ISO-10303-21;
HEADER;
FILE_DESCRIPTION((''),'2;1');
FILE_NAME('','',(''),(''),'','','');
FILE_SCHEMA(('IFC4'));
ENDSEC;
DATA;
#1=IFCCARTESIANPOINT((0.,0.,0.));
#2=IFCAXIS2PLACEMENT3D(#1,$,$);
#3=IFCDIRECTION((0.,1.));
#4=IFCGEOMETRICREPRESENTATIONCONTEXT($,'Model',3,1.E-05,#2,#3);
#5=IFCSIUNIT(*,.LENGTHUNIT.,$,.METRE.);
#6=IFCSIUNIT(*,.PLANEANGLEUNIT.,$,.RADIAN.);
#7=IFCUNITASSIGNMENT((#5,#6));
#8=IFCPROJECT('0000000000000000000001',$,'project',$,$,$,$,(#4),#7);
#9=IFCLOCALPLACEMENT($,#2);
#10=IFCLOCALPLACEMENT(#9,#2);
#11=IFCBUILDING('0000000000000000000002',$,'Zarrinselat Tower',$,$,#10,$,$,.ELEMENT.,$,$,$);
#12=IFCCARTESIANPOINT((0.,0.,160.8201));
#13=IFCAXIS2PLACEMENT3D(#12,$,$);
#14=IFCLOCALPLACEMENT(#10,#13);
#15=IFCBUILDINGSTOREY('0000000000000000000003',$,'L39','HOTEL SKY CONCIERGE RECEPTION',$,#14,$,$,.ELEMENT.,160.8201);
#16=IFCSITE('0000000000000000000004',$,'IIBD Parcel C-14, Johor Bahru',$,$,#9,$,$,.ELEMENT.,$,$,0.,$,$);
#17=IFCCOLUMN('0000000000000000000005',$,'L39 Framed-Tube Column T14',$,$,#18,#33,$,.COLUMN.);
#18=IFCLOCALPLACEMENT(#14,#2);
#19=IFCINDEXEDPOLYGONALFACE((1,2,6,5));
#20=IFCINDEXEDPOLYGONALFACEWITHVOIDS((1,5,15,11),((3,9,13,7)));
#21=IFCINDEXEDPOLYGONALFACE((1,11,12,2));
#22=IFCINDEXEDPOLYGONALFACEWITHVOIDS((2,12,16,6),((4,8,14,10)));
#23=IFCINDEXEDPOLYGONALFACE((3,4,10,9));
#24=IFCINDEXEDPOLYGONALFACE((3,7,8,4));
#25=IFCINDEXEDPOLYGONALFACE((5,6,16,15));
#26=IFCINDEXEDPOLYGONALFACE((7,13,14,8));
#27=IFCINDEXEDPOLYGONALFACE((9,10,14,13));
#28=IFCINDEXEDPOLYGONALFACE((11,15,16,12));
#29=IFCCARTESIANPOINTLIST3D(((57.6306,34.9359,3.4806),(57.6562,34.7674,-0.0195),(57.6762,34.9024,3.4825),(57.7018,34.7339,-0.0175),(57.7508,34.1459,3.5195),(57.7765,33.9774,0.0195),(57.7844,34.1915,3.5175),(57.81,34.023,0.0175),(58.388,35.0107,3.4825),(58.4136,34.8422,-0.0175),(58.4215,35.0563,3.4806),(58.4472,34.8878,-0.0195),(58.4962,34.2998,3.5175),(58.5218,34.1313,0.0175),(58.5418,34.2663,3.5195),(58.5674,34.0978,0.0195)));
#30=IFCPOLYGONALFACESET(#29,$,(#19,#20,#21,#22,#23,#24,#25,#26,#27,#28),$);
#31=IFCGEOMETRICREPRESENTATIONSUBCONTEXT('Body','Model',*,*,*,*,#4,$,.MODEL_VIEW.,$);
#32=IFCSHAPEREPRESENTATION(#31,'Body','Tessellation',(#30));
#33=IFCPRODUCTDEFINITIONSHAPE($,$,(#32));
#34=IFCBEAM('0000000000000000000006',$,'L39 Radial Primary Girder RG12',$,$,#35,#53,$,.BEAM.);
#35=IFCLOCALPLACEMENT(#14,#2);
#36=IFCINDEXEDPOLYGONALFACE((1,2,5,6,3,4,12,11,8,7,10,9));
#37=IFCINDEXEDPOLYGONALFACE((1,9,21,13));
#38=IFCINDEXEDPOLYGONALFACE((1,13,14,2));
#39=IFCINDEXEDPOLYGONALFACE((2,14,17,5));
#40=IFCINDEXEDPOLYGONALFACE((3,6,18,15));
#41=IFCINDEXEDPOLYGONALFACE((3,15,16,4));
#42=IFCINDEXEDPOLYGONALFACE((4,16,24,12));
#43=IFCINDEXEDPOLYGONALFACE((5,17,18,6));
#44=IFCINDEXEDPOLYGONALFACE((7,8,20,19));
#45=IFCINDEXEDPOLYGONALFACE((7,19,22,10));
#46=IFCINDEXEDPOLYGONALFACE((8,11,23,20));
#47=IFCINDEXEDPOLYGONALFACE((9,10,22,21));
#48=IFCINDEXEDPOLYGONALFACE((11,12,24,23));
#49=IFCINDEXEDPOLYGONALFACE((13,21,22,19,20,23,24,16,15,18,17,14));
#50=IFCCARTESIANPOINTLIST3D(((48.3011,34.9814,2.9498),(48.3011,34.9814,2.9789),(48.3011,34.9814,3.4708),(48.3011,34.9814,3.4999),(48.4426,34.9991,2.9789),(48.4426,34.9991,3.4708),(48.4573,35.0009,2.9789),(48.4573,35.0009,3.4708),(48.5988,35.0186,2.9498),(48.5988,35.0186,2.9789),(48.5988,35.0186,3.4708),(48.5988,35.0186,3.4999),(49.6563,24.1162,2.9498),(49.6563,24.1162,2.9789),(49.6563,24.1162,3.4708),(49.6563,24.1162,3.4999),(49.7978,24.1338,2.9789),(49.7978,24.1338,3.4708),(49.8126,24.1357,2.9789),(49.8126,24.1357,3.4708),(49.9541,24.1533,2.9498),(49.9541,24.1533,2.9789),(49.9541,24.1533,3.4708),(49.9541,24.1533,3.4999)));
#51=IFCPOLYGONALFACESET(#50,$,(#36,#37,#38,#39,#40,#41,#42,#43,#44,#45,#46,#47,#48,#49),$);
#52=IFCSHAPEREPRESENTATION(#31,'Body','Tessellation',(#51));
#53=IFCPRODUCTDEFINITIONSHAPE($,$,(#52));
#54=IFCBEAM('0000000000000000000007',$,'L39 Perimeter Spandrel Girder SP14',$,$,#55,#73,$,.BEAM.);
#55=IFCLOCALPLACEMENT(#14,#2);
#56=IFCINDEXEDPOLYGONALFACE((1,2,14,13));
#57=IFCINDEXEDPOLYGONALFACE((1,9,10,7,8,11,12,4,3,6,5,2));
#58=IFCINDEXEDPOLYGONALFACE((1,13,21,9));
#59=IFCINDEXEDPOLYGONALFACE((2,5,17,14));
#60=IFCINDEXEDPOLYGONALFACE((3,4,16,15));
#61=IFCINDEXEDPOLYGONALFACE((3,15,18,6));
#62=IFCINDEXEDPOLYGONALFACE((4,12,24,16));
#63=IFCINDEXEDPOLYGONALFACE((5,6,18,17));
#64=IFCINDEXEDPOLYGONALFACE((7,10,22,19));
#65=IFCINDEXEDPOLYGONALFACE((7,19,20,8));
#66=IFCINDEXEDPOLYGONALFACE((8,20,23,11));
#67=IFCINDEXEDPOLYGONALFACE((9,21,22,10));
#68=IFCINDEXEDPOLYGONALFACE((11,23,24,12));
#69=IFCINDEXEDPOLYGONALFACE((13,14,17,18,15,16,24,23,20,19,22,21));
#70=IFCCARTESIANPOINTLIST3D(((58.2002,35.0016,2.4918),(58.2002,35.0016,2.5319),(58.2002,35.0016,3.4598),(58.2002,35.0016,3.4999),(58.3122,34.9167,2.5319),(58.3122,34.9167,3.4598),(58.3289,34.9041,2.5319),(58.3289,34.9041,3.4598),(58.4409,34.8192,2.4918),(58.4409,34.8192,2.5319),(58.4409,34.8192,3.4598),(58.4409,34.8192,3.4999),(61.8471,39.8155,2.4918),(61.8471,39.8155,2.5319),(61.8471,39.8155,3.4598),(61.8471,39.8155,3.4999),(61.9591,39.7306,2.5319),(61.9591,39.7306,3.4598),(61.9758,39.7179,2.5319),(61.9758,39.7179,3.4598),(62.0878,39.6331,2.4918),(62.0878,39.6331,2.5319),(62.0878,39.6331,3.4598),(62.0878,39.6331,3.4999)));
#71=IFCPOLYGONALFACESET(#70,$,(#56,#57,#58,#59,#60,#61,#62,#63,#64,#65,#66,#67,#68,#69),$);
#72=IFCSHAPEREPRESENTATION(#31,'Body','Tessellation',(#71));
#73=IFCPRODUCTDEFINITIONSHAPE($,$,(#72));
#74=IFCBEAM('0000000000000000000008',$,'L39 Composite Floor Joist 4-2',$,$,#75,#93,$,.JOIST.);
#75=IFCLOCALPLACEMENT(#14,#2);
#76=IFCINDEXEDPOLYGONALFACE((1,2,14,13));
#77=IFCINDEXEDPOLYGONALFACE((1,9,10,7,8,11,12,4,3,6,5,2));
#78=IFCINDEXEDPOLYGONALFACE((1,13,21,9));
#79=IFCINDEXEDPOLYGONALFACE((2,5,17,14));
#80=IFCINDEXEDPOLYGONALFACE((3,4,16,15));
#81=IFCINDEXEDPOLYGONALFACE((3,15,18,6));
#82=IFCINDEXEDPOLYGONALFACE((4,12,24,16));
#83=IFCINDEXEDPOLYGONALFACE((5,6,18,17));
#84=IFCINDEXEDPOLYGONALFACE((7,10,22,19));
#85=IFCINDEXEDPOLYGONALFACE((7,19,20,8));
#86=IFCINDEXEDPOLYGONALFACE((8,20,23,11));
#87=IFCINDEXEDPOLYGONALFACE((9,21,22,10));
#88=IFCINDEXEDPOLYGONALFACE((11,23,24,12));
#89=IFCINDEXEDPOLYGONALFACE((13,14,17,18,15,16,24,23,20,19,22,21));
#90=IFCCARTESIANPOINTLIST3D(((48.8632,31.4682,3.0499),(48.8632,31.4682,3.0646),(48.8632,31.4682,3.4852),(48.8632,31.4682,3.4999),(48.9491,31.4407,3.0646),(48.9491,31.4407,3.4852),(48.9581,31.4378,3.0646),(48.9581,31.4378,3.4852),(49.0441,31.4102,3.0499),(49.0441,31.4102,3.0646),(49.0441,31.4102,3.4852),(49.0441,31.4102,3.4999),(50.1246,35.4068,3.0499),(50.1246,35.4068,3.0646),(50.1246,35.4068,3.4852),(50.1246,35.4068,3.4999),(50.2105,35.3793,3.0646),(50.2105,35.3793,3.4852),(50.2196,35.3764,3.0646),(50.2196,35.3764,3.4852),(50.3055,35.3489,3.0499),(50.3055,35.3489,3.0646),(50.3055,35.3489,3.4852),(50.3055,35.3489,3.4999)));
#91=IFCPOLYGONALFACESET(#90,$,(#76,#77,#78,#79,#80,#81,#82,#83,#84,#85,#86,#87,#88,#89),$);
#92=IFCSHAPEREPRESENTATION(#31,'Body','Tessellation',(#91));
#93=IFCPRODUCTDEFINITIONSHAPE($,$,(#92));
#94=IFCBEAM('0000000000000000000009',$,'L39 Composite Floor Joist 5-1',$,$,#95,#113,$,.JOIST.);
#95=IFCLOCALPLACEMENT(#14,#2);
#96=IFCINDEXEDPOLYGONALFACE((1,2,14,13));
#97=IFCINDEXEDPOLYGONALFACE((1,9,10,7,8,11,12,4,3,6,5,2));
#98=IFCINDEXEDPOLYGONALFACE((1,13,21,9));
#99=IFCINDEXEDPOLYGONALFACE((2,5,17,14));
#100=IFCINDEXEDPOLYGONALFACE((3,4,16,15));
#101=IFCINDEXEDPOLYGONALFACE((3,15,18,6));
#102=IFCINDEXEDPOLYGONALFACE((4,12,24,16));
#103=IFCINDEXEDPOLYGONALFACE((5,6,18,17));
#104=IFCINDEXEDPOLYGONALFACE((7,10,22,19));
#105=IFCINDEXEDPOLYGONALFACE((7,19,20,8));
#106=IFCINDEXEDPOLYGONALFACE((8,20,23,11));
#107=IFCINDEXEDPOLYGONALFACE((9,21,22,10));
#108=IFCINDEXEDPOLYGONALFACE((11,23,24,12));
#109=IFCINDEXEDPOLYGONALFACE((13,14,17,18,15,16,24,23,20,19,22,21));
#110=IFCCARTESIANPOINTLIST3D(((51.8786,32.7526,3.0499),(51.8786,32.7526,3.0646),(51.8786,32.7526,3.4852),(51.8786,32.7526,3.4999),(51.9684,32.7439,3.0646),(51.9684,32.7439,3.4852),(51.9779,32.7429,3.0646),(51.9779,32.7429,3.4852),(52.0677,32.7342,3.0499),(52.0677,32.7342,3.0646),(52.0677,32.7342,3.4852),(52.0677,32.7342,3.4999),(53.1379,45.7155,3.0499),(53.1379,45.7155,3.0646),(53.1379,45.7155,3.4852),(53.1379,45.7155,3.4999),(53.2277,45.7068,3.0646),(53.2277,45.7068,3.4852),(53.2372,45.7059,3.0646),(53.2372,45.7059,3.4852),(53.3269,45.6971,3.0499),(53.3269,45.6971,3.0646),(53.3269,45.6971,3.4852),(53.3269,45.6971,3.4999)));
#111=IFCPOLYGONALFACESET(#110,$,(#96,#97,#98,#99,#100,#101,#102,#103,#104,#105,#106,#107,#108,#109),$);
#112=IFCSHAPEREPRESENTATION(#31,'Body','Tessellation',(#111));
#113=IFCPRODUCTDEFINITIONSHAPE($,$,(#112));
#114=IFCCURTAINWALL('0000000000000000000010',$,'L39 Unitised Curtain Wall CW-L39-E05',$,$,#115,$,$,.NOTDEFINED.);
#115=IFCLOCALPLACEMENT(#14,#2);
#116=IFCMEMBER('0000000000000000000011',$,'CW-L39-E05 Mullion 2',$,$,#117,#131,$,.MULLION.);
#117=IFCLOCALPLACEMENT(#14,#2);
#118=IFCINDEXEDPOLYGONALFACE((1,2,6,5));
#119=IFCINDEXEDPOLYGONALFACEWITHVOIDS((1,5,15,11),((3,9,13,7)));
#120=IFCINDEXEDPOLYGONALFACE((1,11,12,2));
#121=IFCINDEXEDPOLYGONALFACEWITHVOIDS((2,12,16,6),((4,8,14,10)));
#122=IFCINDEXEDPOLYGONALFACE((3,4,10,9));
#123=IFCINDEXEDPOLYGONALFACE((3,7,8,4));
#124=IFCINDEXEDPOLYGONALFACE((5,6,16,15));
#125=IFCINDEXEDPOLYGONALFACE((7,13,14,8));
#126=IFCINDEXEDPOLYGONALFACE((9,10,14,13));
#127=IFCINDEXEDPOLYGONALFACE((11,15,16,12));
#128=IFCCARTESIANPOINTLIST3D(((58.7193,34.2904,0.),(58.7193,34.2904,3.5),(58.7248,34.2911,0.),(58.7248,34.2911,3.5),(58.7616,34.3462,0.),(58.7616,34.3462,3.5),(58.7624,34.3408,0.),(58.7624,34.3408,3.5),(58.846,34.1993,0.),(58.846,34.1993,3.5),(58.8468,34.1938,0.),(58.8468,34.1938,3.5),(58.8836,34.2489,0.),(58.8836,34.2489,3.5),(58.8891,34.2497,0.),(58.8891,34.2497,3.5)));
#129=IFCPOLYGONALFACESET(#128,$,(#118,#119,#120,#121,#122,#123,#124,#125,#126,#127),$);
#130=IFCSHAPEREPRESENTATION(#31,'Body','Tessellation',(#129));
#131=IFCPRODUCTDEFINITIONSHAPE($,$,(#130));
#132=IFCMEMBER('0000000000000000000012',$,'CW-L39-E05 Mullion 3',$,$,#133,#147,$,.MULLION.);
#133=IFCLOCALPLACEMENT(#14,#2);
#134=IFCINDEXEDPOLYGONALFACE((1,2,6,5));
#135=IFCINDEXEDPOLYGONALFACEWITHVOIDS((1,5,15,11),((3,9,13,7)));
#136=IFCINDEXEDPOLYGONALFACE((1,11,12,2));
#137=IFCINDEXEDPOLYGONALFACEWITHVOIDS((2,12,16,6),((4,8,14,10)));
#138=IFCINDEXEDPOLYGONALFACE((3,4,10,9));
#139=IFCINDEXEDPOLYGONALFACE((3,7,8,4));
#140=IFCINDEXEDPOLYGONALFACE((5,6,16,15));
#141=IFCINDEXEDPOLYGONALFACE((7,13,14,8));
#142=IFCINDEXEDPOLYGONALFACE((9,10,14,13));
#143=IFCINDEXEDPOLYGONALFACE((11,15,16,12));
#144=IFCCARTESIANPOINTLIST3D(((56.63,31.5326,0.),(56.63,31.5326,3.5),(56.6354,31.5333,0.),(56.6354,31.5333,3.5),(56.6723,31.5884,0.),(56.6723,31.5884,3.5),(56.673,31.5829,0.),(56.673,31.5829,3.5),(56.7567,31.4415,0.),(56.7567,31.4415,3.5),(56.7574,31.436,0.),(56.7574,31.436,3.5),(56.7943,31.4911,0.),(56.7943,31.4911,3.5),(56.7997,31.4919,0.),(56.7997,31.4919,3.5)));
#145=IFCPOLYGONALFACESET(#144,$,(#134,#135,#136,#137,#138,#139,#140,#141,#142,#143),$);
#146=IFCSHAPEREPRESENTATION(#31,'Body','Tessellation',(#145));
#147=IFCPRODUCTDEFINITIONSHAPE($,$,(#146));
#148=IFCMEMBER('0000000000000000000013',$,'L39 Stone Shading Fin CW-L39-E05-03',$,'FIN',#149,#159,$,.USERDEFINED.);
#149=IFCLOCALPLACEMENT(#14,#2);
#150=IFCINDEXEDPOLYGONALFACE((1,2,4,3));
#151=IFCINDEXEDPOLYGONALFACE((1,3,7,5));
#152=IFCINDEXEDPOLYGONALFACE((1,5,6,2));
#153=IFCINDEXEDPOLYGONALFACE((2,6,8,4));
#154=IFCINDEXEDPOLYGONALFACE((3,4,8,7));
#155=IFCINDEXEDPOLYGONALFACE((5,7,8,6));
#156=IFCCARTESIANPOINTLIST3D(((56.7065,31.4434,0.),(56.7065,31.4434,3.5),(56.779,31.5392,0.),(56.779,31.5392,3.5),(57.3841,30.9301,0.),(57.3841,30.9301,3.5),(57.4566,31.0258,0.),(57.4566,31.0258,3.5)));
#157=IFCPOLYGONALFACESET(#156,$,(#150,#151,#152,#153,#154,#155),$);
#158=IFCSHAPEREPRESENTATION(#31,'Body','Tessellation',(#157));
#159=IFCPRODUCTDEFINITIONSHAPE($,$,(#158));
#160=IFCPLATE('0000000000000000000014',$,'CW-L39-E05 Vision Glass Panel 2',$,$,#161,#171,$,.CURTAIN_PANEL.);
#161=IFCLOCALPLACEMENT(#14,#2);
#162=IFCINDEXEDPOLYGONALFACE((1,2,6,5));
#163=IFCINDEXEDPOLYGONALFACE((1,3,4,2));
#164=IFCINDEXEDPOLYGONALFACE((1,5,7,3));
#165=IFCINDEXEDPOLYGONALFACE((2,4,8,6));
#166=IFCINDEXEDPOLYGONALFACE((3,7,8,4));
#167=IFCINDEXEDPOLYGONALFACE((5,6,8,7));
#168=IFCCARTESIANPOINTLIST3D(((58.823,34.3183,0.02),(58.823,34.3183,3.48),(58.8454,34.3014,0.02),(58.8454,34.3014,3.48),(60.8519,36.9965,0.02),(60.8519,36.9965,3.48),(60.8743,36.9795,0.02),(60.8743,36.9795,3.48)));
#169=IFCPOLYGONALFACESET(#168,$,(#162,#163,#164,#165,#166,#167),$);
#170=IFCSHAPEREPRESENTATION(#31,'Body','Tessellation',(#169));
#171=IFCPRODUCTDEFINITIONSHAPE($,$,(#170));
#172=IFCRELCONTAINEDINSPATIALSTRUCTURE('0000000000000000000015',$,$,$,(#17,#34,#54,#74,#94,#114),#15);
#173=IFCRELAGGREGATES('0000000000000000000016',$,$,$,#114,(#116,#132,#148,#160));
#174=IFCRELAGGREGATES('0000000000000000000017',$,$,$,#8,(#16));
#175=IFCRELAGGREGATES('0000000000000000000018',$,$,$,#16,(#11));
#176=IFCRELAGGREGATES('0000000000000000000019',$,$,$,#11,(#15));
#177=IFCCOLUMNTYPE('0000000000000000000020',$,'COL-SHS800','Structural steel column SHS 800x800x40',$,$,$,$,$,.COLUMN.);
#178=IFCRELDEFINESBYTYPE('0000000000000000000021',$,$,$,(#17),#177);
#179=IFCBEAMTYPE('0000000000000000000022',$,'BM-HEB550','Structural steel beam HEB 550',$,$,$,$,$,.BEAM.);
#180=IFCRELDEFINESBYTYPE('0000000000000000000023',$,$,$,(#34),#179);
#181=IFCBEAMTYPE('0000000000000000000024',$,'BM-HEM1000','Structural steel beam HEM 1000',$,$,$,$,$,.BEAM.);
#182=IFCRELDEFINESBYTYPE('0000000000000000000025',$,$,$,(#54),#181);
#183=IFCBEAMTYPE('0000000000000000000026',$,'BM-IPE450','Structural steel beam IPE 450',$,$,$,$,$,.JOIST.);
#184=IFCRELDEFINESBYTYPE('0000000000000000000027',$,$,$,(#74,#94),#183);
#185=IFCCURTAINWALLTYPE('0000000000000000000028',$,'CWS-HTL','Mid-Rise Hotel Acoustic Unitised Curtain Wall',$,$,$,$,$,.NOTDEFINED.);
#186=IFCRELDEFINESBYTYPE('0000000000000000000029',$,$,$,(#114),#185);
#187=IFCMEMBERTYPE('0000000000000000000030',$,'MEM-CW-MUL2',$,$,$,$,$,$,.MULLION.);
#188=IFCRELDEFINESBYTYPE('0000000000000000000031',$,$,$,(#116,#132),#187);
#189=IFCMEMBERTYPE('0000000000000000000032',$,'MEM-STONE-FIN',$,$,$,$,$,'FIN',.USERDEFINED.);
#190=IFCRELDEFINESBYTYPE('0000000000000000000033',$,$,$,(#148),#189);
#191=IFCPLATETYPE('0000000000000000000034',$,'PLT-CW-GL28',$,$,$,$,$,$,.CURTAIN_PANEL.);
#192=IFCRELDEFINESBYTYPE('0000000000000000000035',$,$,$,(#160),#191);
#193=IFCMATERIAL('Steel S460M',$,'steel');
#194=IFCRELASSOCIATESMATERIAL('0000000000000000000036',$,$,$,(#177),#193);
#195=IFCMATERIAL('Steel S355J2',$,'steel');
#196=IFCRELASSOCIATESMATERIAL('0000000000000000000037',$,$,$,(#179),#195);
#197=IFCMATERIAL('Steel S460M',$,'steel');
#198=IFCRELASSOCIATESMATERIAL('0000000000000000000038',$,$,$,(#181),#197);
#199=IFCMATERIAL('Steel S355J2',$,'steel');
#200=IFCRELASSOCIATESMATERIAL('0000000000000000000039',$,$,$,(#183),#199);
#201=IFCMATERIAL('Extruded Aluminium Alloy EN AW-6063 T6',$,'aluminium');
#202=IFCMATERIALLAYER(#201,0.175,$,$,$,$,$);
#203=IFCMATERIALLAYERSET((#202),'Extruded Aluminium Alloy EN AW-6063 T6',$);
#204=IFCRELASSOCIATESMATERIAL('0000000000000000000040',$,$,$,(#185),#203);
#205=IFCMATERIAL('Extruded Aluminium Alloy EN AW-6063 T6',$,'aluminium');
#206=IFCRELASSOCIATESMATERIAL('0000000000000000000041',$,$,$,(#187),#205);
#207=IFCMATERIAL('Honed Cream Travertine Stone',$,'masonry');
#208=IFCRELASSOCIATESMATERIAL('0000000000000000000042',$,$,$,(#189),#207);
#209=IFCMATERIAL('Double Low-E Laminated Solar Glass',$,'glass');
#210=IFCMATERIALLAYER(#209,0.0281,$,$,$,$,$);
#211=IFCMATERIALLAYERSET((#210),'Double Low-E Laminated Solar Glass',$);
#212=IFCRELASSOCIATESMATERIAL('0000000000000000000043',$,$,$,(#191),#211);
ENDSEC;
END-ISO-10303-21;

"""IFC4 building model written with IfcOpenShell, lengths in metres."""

from ifc_helpers import new_model, si_unit, direction, frame, origin, origin_2d, place, context, subcontext, project, spatial, rectangle, hollow_rectangle, i_section, extrude, material, layer, layer_set, material_profile, profile_set, type_object, element, aggregate, save


model = new_model("IFC4")

# Units and contexts
model_context = context("Model", 3, precision=1e-05, world=origin(), true_north=direction((0.0, 1.0)))
body_context = subcontext(model_context, "Body", "Model", "MODEL_VIEW")
ifc_project = project(units=[si_unit("LENGTHUNIT", "METRE"), si_unit("PLANEANGLEUNIT", "RADIAN")], contexts=[model_context])

# Site, building, storey
site_placement = place(None, origin())
site = spatial("IfcSite", under=ifc_project, at=site_placement, Name="IIBD Parcel C-14, Johor Bahru", CompositionType="ELEMENT", RefElevation=0.0)
building_placement = place(site_placement, origin())
building = spatial("IfcBuilding", under=site, at=building_placement, Name="Zarrinselat Tower", CompositionType="ELEMENT")
storey_placement = place(building_placement, frame((0.0, 0.0, 160.8201)))
storey = spatial("IfcBuildingStorey", under=building, at=storey_placement, Name="L39", Description="HOTEL SKY CONCIERGE RECEPTION", CompositionType="ELEMENT", Elevation=160.8201)

# Column
ifc_material_1 = material(Name="Steel S460M", Category="steel")
ifc_material_profile_1 = material_profile(ifc_material_1, hollow_rectangle(XDim=0.8, YDim=0.8, WallThickness=0.04, at=origin_2d()), Name="SHS 800x800x40")
ifc_profile_set_1 = profile_set([ifc_material_profile_1], Name="Steel S460M")
column_type = type_object("IfcColumnType", Name="COL-SHS800", Description="Structural steel column SHS 800x800x40", PredefinedType="COLUMN", material=ifc_profile_set_1)
column_placement = place(storey_placement, frame((58.1118, 34.4326, 0.0), z_axis=(-0.007316, 0.048074, 0.998817), x_axis=(-0.988619, -0.150442, 0.0)))
element("IfcColumn", 1, at=column_placement, inside=storey, type_object=column_type, Name="L39 Framed-Tube Column T14", PredefinedType="COLUMN", context=body_context, shape_type="SweptSolid", body=[
    extrude(hollow_rectangle(XDim=0.8, YDim=0.8, WallThickness=0.04, at=origin_2d()), origin(), (0.0, 0.0, 1.0), 3.5042),
])

# Beams
ifc_material_2 = material(Name="Steel S355J2", Category="steel")
ifc_material_profile_2 = material_profile(ifc_material_2, i_section(OverallWidth=0.3, OverallDepth=0.55, WebThickness=0.0149, FlangeThickness=0.0291, at=origin_2d()), Name="HEB 550")
ifc_profile_set_2 = profile_set([ifc_material_profile_2], Name="Steel S355J2")
beam_type_1 = type_object("IfcBeamType", Name="BM-HEB550", Description="Structural steel beam HEB 550", PredefinedType="BEAM", material=ifc_profile_set_2)
beam_1_placement = place(storey_placement, frame((48.45, 35.0, 3.2249), z_axis=(0.123771, -0.992311, 0.0), x_axis=(0.992311, 0.123771, 0.0)))
element("IfcBeam", 2, at=beam_1_placement, inside=storey, type_object=beam_type_1, Name="L39 Radial Primary Girder RG12", PredefinedType="BEAM", context=body_context, shape_type="SweptSolid", body=[
    extrude(i_section(OverallWidth=0.3, OverallDepth=0.55, WebThickness=0.0149, FlangeThickness=0.0291, at=origin_2d()), origin(), (0.0, 0.0, 1.0), 10.9495),
])
ifc_material_3 = material(Name="Steel S460M", Category="steel")
ifc_material_profile_3 = material_profile(ifc_material_3, i_section(OverallWidth=0.302, OverallDepth=1.0081, WebThickness=0.021, FlangeThickness=0.04, at=origin_2d()), Name="HEM 1000")
ifc_profile_set_3 = profile_set([ifc_material_profile_3], Name="Steel S460M")
beam_type_2 = type_object("IfcBeamType", Name="BM-HEM1000", Description="Structural steel beam HEM 1000", PredefinedType="BEAM", material=ifc_profile_set_3)
beam_2_placement = place(storey_placement, frame((58.3206, 34.9104, 2.9958), z_axis=(0.603861, 0.79709, 0.0), x_axis=(-0.79709, 0.603861, 0.0)))
element("IfcBeam", 3, at=beam_2_placement, inside=storey, type_object=beam_type_2, Name="L39 Perimeter Spandrel Girder SP14", PredefinedType="BEAM", context=body_context, shape_type="SweptSolid", body=[
    extrude(i_section(OverallWidth=0.302, OverallDepth=1.0081, WebThickness=0.021, FlangeThickness=0.04, at=origin_2d()), origin(), (0.0, 0.0, 1.0), 6.0393),
])
ifc_material_4 = material(Name="Steel S355J2", Category="steel")
ifc_material_profile_4 = material_profile(ifc_material_4, i_section(OverallWidth=0.1899, OverallDepth=0.45, WebThickness=0.0095, FlangeThickness=0.0146, at=origin_2d()), Name="IPE 450")
ifc_profile_set_4 = profile_set([ifc_material_profile_4], Name="Steel S355J2")
beam_type_3 = type_object("IfcBeamType", Name="BM-IPE450", Description="Structural steel beam IPE 450", PredefinedType="JOIST", material=ifc_profile_set_4)
beam_3_placement = place(storey_placement, frame((48.9536, 31.4392, 3.2749), z_axis=(0.305013, 0.952348, 0.0), x_axis=(-0.952348, 0.305013, 0.0)))
element("IfcBeam", 4, at=beam_3_placement, inside=storey, type_object=beam_type_3, Name="L39 Composite Floor Joist 4-2", PredefinedType="JOIST", context=body_context, shape_type="SweptSolid", body=[
    extrude(i_section(OverallWidth=0.1899, OverallDepth=0.45, WebThickness=0.0095, FlangeThickness=0.0146, at=origin_2d()), origin(), (0.0, 0.0, 1.0), 4.1357),
])
beam_4_placement = place(storey_placement, frame((51.9731, 32.7434, 3.2749), z_axis=(0.09669, 0.995315, 0.0), x_axis=(-0.995315, 0.09669, 0.0)))
element("IfcBeam", 5, at=beam_4_placement, inside=storey, type_object=beam_type_3, Name="L39 Composite Floor Joist 5-1", PredefinedType="JOIST", context=body_context, shape_type="SweptSolid", body=[
    extrude(i_section(OverallWidth=0.1899, OverallDepth=0.45, WebThickness=0.0095, FlangeThickness=0.0146, at=origin_2d()), origin(), (0.0, 0.0, 1.0), 13.0239),
])

# Curtain wall, members, plate
ifc_material_5 = material(Name="Extruded Aluminium Alloy EN AW-6063 T6", Category="aluminium")
ifc_layer_1 = layer(ifc_material_5, 0.175)
ifc_layer_set_1 = layer_set([ifc_layer_1], Name="Extruded Aluminium Alloy EN AW-6063 T6")
curtain_wall_type = type_object("IfcCurtainWallType", Name="CWS-HTL", Description="Mid-Rise Hotel Acoustic Unitised Curtain Wall", PredefinedType="NOTDEFINED", material=ifc_layer_set_1)
curtain_wall_placement = place(storey_placement, origin())
curtain_wall = element("IfcCurtainWall", 6, at=curtain_wall_placement, inside=storey, type_object=curtain_wall_type, Name="L39 Unitised Curtain Wall CW-L39-E05", PredefinedType="NOTDEFINED")
ifc_material_6 = material(Name="Extruded Aluminium Alloy EN AW-6063 T6", Category="aluminium")
ifc_material_profile_5 = material_profile(ifc_material_6, hollow_rectangle(XDim=0.0701, YDim=0.1599, WallThickness=0.0039, at=origin_2d()), Name="RHS 160x70x4")
ifc_profile_set_5 = profile_set([ifc_material_profile_5], Name="Extruded Aluminium Alloy EN AW-6063 T6")
member_type_1 = type_object("IfcMemberType", Name="MEM-CW-MUL2", PredefinedType="MULLION", material=ifc_profile_set_5)
member_1_placement = place(storey_placement, frame((58.8042, 34.27, 0.0), z_axis=(0.0, 0.0, 1.0), x_axis=(-0.603859, -0.797092, 0.0)))
member_1 = element("IfcMember", 7, at=member_1_placement, type_object=member_type_1, Name="CW-L39-E05 Mullion 2", PredefinedType="MULLION", context=body_context, shape_type="SweptSolid", body=[
    extrude(hollow_rectangle(XDim=0.0701, YDim=0.1599, WallThickness=0.0039, at=origin_2d()), origin(), (0.0, 0.0, 1.0), 3.5),
])
member_2_placement = place(storey_placement, frame((56.7148, 31.5122, 0.0), z_axis=(0.0, 0.0, 1.0), x_axis=(-0.603859, -0.797092, 0.0)))
member_2 = element("IfcMember", 8, at=member_2_placement, type_object=member_type_1, Name="CW-L39-E05 Mullion 3", PredefinedType="MULLION", context=body_context, shape_type="SweptSolid", body=[
    extrude(hollow_rectangle(XDim=0.0701, YDim=0.1599, WallThickness=0.0039, at=origin_2d()), origin(), (0.0, 0.0, 1.0), 3.5),
])
ifc_material_7 = material(Name="Honed Cream Travertine Stone", Category="masonry")
ifc_material_profile_6 = material_profile(ifc_material_7, rectangle(XDim=0.1201, YDim=0.8501, at=origin_2d()), Name="FIN 850x120")
ifc_profile_set_6 = profile_set([ifc_material_profile_6], Name="Honed Cream Travertine Stone")
member_type_2 = type_object("IfcMemberType", Name="MEM-STONE-FIN", ElementType="FIN", PredefinedType="USERDEFINED", material=ifc_profile_set_6)
member_3_placement = place(storey_placement, frame((57.0815, 31.2346, 0.0), z_axis=(0.0, 0.0, 1.0), x_axis=(-0.603859, -0.797092, 0.0)))
member_3 = element("IfcMember", 9, at=member_3_placement, type_object=member_type_2, Name="L39 Stone Shading Fin CW-L39-E05-03", ObjectType="FIN", PredefinedType="USERDEFINED", context=body_context, shape_type="SweptSolid", body=[
    extrude(rectangle(XDim=0.1201, YDim=0.8501, at=origin_2d()), origin(), (0.0, 0.0, 1.0), 3.5),
])
ifc_material_8 = material(Name="Double Low-E Laminated Solar Glass", Category="glass")
ifc_layer_2 = layer(ifc_material_8, 0.0281)
ifc_layer_set_2 = layer_set([ifc_layer_2], Name="Double Low-E Laminated Solar Glass")
plate_type = type_object("IfcPlateType", Name="PLT-CW-GL28", PredefinedType="CURTAIN_PANEL", material=ifc_layer_set_2)
plate_1_placement = place(storey_placement, frame((59.8486, 35.6489, 0.02), z_axis=(0.0, 0.0, 1.0), x_axis=(-0.603859, -0.797092, 0.0)))
plate_1 = element("IfcPlate", 10, at=plate_1_placement, type_object=plate_type, Name="CW-L39-E05 Vision Glass Panel 2", PredefinedType="CURTAIN_PANEL", context=body_context, shape_type="SweptSolid", body=[
    extrude(rectangle(XDim=3.3599, YDim=0.0281, at=origin_2d()), origin(), (0.0, 0.0, 1.0), 3.46),
])
aggregate(curtain_wall, [member_1, member_2, member_3, plate_1])

save(model, "model.ifc")
